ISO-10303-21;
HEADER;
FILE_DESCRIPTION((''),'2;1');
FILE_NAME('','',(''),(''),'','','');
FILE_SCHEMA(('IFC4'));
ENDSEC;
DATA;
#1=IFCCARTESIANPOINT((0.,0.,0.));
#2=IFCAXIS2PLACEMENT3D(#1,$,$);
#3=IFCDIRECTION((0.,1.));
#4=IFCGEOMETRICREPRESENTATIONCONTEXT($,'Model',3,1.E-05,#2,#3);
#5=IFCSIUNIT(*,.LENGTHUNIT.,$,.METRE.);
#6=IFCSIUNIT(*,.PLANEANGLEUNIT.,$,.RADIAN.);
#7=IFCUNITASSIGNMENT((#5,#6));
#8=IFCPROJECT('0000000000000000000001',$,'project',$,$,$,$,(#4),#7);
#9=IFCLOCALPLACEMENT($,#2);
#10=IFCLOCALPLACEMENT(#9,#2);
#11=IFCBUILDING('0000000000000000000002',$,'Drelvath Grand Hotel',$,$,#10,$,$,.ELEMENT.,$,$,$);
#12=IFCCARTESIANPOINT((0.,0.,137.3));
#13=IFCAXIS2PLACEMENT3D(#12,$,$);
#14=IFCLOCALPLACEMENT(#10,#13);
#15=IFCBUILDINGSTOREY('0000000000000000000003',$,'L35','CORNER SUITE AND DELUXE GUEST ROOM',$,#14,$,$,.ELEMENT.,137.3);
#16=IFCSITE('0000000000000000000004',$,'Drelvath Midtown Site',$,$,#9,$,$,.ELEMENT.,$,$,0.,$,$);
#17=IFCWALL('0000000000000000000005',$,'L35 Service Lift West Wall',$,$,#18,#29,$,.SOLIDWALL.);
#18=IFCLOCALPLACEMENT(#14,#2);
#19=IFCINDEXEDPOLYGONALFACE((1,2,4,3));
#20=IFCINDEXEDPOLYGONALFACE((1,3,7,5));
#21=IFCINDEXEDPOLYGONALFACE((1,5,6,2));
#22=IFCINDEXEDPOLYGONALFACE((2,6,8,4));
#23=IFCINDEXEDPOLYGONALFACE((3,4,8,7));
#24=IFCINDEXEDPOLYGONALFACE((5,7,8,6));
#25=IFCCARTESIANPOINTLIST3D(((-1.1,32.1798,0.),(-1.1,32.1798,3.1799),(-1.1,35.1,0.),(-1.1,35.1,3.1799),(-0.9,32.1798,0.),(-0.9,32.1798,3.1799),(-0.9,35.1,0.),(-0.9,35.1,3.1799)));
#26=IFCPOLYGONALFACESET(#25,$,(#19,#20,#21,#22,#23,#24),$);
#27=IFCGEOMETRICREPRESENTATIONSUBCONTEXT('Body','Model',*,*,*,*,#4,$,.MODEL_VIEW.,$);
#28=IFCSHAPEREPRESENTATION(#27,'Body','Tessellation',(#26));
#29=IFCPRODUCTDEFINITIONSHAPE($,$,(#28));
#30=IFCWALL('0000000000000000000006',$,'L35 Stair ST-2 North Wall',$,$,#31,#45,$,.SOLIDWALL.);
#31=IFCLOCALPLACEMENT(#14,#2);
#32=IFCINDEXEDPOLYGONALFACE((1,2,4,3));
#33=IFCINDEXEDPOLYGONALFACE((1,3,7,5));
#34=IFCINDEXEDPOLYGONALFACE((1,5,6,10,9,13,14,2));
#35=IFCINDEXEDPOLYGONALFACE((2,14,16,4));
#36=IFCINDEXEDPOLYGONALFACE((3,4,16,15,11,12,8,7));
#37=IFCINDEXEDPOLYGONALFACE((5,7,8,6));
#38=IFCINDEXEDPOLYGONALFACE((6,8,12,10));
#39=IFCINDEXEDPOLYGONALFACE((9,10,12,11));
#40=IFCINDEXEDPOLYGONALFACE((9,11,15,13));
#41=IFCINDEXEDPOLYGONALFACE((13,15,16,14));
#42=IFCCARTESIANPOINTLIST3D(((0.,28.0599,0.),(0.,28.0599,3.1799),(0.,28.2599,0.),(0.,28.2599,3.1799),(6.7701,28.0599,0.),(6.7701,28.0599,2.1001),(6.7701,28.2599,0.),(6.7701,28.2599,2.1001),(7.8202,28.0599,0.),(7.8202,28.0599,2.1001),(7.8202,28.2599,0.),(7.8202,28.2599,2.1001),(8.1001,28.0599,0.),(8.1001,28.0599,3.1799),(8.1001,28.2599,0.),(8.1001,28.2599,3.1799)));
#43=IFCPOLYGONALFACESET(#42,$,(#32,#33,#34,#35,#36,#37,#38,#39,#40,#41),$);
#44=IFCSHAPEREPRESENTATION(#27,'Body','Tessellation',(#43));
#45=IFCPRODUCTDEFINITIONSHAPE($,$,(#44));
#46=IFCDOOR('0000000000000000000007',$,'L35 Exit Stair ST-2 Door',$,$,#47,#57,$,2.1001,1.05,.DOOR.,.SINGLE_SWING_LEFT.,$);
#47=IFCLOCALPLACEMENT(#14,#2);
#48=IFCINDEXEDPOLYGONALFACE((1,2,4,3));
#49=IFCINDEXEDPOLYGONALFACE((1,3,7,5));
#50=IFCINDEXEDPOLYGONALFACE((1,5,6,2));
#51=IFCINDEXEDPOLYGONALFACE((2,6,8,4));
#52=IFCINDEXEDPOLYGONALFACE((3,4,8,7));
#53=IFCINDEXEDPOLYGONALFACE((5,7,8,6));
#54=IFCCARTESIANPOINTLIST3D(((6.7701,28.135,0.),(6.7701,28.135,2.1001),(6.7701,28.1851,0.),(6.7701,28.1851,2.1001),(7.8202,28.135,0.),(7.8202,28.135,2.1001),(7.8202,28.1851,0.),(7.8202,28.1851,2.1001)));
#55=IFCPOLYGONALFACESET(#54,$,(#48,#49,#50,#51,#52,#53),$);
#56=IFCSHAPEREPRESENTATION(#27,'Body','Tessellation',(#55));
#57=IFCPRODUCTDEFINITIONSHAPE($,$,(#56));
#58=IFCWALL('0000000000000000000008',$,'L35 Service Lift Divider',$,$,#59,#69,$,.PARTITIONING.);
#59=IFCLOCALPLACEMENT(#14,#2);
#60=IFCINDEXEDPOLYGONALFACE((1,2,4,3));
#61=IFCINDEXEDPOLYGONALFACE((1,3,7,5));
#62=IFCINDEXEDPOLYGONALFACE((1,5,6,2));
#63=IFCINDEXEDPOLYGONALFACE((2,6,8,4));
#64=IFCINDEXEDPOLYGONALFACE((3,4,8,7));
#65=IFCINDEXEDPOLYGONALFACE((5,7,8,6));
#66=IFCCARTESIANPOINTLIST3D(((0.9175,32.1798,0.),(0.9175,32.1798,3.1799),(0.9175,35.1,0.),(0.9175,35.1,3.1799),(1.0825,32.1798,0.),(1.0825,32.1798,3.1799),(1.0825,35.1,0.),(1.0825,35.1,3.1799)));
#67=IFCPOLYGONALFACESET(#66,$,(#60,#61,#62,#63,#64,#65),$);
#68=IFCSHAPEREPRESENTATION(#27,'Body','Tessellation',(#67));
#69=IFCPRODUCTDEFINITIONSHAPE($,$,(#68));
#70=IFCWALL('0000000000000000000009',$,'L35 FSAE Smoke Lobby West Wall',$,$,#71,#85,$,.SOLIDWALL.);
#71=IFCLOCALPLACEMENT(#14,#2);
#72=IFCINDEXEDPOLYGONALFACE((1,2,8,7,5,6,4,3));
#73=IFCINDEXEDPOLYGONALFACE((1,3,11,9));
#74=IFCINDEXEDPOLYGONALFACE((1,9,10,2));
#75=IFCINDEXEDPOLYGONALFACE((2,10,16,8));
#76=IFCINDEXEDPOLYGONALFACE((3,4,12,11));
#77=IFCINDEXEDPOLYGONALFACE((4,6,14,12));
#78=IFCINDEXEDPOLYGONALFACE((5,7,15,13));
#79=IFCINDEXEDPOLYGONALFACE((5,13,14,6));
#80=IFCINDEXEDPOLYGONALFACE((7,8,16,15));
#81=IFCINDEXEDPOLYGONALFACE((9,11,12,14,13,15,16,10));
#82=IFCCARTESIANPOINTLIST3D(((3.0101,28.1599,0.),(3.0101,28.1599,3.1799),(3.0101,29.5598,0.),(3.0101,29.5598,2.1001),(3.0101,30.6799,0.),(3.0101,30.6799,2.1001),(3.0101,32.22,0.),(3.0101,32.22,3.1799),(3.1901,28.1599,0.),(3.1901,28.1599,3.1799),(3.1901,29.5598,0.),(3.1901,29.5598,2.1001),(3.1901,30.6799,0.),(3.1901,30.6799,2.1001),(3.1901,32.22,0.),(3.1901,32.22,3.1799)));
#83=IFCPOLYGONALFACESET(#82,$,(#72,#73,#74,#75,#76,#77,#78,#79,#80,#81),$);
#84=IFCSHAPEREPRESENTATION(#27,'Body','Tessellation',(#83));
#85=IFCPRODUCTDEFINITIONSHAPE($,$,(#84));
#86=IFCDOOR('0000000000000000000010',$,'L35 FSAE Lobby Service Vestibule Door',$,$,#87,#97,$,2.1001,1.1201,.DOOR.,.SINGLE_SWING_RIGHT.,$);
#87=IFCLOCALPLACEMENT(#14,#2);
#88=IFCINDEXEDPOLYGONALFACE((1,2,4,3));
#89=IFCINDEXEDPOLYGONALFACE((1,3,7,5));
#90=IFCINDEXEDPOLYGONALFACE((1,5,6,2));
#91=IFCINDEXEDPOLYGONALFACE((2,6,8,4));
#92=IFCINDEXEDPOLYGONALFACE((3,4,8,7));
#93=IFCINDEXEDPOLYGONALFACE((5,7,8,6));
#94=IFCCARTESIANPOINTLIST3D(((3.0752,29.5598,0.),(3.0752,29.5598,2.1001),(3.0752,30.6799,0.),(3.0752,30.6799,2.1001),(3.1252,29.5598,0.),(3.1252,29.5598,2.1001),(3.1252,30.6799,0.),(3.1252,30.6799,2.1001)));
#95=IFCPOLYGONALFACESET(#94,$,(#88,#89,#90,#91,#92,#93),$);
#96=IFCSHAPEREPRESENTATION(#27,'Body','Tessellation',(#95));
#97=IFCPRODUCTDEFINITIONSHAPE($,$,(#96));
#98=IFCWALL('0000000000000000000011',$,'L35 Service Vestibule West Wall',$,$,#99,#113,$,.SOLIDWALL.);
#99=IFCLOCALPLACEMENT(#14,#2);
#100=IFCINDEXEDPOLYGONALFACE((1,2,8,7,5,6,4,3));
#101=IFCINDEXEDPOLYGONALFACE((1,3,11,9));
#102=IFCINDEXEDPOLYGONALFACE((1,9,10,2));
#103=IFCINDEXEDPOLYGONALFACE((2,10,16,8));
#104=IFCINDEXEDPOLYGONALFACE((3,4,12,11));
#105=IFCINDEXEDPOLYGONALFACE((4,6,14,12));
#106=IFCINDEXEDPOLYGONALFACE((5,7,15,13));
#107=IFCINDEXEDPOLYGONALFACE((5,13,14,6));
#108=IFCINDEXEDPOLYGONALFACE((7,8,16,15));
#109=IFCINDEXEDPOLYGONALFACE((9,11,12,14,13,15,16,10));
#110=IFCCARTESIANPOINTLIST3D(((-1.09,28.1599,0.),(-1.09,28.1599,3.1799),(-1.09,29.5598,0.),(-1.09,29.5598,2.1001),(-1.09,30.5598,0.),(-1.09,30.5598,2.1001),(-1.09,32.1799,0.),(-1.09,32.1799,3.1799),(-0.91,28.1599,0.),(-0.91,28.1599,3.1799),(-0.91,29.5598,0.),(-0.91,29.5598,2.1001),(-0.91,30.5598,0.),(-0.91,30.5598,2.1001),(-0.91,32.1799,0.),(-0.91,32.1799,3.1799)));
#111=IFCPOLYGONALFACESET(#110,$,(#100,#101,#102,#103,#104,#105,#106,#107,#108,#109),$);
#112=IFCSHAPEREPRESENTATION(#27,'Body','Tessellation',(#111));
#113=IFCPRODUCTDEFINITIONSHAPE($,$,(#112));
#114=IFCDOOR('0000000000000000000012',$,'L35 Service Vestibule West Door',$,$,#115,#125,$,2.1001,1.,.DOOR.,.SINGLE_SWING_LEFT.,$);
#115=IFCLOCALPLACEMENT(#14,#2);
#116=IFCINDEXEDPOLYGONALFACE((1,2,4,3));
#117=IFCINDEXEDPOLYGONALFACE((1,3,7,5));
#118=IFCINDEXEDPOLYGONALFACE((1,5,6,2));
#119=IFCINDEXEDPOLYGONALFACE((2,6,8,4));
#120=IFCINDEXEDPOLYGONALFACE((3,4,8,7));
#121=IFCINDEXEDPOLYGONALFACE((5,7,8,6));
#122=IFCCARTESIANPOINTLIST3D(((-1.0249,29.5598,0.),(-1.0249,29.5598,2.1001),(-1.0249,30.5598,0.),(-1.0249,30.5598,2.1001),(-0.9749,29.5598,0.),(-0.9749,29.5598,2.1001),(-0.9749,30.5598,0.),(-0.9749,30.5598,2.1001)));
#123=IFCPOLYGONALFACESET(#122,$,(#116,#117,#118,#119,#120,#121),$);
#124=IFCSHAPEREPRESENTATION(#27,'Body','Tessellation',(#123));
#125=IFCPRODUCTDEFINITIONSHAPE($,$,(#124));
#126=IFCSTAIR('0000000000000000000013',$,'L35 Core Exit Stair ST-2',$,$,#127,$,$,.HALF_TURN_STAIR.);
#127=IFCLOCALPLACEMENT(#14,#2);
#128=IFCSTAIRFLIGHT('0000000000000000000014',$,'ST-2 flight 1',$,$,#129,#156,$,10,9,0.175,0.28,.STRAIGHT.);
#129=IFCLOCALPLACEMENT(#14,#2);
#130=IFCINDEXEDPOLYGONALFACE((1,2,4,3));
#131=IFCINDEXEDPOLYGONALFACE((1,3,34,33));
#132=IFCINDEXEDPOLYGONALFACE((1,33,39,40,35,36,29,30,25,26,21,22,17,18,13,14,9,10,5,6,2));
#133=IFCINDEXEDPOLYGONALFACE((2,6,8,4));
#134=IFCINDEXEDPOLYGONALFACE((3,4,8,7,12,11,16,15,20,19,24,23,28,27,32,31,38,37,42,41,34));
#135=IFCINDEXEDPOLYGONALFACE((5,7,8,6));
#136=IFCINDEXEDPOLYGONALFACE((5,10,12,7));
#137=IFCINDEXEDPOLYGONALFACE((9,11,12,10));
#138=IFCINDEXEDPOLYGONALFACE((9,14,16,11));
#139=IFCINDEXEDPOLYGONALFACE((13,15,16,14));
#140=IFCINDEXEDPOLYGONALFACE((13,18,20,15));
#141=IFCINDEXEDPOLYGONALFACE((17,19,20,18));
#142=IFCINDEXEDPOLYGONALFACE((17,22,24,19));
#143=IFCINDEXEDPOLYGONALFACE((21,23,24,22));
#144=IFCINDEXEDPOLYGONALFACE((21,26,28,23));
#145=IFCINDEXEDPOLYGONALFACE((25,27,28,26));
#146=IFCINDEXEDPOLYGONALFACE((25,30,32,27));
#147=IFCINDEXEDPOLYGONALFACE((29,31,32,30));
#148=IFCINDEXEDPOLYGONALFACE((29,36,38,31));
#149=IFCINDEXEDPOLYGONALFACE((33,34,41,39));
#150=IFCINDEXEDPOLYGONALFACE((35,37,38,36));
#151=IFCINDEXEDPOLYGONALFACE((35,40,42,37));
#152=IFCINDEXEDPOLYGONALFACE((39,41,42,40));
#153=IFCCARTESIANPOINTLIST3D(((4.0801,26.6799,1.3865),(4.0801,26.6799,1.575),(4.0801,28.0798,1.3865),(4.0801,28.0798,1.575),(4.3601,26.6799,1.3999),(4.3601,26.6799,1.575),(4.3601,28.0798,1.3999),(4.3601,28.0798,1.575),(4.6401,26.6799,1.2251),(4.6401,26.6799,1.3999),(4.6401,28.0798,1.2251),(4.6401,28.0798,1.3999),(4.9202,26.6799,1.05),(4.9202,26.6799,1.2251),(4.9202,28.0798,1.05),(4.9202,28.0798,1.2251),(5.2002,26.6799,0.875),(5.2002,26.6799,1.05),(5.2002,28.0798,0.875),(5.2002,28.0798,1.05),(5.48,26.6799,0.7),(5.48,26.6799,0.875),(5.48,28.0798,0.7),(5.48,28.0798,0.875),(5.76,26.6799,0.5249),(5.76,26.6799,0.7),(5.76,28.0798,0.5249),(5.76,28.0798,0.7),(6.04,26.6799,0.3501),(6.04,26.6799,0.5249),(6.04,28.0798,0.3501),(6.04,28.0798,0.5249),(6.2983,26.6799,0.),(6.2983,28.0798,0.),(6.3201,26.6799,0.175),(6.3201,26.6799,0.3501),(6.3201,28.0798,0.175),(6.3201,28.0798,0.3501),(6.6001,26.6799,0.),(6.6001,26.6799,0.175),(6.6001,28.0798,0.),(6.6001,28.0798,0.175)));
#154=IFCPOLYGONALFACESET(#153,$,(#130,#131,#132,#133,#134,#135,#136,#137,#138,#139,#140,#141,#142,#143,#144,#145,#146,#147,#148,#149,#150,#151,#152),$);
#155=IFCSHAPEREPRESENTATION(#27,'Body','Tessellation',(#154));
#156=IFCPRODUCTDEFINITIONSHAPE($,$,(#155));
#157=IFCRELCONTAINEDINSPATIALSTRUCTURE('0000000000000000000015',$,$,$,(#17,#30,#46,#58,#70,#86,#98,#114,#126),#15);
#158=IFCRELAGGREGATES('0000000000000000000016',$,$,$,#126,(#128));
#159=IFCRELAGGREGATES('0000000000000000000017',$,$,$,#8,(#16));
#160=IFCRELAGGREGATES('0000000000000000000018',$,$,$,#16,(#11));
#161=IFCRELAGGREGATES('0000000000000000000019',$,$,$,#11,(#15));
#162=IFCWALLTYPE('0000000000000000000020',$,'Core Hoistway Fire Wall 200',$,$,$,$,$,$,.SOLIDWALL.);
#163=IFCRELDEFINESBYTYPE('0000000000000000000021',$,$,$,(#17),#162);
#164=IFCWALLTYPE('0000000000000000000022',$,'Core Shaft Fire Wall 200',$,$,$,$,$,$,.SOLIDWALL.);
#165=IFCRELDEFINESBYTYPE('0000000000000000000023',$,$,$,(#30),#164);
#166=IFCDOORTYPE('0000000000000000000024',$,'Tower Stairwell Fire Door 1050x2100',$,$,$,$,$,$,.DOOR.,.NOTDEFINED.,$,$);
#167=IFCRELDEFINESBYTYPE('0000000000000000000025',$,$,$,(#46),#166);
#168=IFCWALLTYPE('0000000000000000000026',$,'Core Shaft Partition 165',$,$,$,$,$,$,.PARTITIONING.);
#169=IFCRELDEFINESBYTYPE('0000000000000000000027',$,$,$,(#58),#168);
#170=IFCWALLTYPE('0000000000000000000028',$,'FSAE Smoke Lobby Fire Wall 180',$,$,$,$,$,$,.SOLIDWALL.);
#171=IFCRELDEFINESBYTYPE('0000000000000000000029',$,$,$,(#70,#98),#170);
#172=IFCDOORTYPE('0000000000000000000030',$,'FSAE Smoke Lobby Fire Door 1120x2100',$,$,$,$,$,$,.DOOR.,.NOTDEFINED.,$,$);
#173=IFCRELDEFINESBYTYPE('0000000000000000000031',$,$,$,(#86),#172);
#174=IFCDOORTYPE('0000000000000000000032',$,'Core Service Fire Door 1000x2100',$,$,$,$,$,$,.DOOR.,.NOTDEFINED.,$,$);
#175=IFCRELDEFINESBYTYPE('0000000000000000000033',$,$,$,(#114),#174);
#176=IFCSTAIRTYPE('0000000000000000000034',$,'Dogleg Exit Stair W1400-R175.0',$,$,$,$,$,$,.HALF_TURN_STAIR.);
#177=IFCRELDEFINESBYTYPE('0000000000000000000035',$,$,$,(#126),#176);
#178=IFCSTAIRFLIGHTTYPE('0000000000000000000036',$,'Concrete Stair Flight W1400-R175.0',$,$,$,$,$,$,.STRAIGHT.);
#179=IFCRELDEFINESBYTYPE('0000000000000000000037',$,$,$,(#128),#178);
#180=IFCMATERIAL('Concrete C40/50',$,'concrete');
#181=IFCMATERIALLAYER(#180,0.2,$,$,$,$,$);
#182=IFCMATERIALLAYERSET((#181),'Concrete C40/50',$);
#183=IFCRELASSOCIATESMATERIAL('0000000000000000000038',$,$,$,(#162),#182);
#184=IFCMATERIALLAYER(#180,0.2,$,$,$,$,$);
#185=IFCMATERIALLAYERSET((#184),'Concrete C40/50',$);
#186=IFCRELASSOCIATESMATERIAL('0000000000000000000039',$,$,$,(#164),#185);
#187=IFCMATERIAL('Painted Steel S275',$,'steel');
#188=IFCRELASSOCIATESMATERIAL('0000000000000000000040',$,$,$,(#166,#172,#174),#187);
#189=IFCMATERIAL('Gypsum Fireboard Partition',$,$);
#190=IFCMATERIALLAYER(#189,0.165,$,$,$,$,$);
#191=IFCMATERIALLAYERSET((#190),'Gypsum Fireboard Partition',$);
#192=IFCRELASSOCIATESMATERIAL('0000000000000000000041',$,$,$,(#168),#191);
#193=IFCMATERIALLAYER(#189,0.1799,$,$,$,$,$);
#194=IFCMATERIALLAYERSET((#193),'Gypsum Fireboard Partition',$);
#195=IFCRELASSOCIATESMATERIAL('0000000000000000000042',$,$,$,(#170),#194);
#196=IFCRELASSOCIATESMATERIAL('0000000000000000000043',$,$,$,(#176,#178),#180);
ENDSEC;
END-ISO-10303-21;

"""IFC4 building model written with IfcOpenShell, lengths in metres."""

from ifc_helpers import new_model, si_unit, direction, frame, frame_2d, origin, place, context, subcontext, project, spatial, polyline, rectangle, outline, extrude, material, layer, layer_set, type_object, element, fill, aggregate, save


model = new_model("IFC4")

# Units and contexts
model_context = context("Model", 3, precision=1e-05, world=origin(), true_north=direction((0.0, 1.0)))
body_context = subcontext(model_context, "Body", "Model", "MODEL_VIEW")
ifc_project = project(units=[si_unit("LENGTHUNIT", "METRE"), si_unit("PLANEANGLEUNIT", "RADIAN")], contexts=[model_context])

# Site, building, storey
site_placement = place(None, origin())
site = spatial("IfcSite", under=ifc_project, at=site_placement, Name="Drelvath Midtown Site", CompositionType="ELEMENT", RefElevation=0.0)
building_placement = place(site_placement, origin())
building = spatial("IfcBuilding", under=site, at=building_placement, Name="Drelvath Grand Hotel", CompositionType="ELEMENT")
storey_placement = place(building_placement, frame((0.0, 0.0, 137.3)))
storey = spatial("IfcBuildingStorey", under=building, at=storey_placement, Name="L35", Description="CORNER SUITE AND DELUXE GUEST ROOM", CompositionType="ELEMENT", Elevation=137.3)

# Shared definitions
ifc_material_1 = material(Name="Concrete C40/50", Category="concrete")
ifc_layer_1 = layer(ifc_material_1, 0.2)
ifc_layer_set_1 = layer_set([ifc_layer_1], Name="Concrete C40/50")
wall_type_1 = type_object("IfcWallType", Name="Core Hoistway Fire Wall 200", PredefinedType="SOLIDWALL", material=ifc_layer_set_1)

# Wall
wall_1_placement = place(storey_placement, frame((-1.0, 32.1799, 0.0), z_axis=(0.0, 0.0, 1.0), x_axis=(0.0, 1.0, 0.0)))
element("IfcWall", 1, at=wall_1_placement, inside=storey, type_object=wall_type_1, Name="L35 Service Lift West Wall", PredefinedType="SOLIDWALL", context=body_context, shape_type="SweptSolid", body=[
    extrude(rectangle(XDim=2.9202, YDim=0.2, at=frame_2d((1.46, 0.0))), origin(), (0.0, 0.0, 1.0), 3.1799),
])

# Wall, opening, door
ifc_layer_2 = layer(ifc_material_1, 0.2)
ifc_layer_set_2 = layer_set([ifc_layer_2], Name="Concrete C40/50")
wall_type_2 = type_object("IfcWallType", Name="Core Shaft Fire Wall 200", PredefinedType="SOLIDWALL", material=ifc_layer_set_2)
wall_2_placement = place(storey_placement, frame((8.1001, 28.1599, 0.0), z_axis=(0.0, 0.0, 1.0), x_axis=(-1.0, 0.0, 0.0)))
wall_2 = element("IfcWall", 2, at=wall_2_placement, inside=storey, type_object=wall_type_2, Name="L35 Stair ST-2 North Wall", PredefinedType="SOLIDWALL", context=body_context, shape_type="SweptSolid", body=[
    extrude(rectangle(XDim=8.1001, YDim=0.2, at=frame_2d((4.05, 0.0))), origin(), (0.0, 0.0, 1.0), 3.1799),
])
opening_1_placement = place(wall_2_placement, frame((0.28, 0.0, 0.0)))
opening_1 = element("IfcOpeningElement", 3, at=opening_1_placement, cuts=wall_2, PredefinedType="OPENING", context=body_context, shape_type="SweptSolid", body=[
    extrude(rectangle(XDim=1.05, YDim=2.1001, at=frame_2d((0.5249, 1.05))), frame((0.0, 0.1099, 0.0), z_axis=(0.0, -1.0, 0.0), x_axis=(1.0, 0.0, 0.0)), (0.0, 0.0, 1.0), 0.22),
])
ifc_material_2 = material(Name="Painted Steel S275", Category="steel")
door_type_1 = type_object("IfcDoorType", Name="Tower Stairwell Fire Door 1050x2100", OperationType="NOTDEFINED", PredefinedType="DOOR", material=ifc_material_2)
door_1_placement = place(opening_1_placement, origin())
door_1 = element("IfcDoor", 4, at=door_1_placement, inside=storey, type_object=door_type_1, Name="L35 Exit Stair ST-2 Door", OperationType="SINGLE_SWING_LEFT", OverallHeight=2.1001, OverallWidth=1.05, PredefinedType="DOOR", context=body_context, shape_type="SweptSolid", body=[
    extrude(rectangle(XDim=1.05, YDim=2.1001, at=frame_2d((0.5249, 1.05))), frame((0.0, 0.0249, 0.0), z_axis=(0.0, -1.0, 0.0), x_axis=(1.0, 0.0, 0.0)), (0.0, 0.0, 1.0), 0.05),
])
fill(opening_1, door_1)

# Wall
ifc_material_3 = material(Name="Gypsum Fireboard Partition")
ifc_layer_3 = layer(ifc_material_3, 0.165)
ifc_layer_set_3 = layer_set([ifc_layer_3], Name="Gypsum Fireboard Partition")
wall_type_3 = type_object("IfcWallType", Name="Core Shaft Partition 165", PredefinedType="PARTITIONING", material=ifc_layer_set_3)
wall_3_placement = place(storey_placement, frame((1.0, 32.1799, 0.0), z_axis=(0.0, 0.0, 1.0), x_axis=(0.0, 1.0, 0.0)))
element("IfcWall", 5, at=wall_3_placement, inside=storey, type_object=wall_type_3, Name="L35 Service Lift Divider", PredefinedType="PARTITIONING", context=body_context, shape_type="SweptSolid", body=[
    extrude(rectangle(XDim=2.9202, YDim=0.165, at=frame_2d((1.46, 0.0))), origin(), (0.0, 0.0, 1.0), 3.1799),
])

# Walls, openings, doors
ifc_layer_4 = layer(ifc_material_3, 0.1799)
ifc_layer_set_4 = layer_set([ifc_layer_4], Name="Gypsum Fireboard Partition")
wall_type_4 = type_object("IfcWallType", Name="FSAE Smoke Lobby Fire Wall 180", PredefinedType="SOLIDWALL", material=ifc_layer_set_4)
wall_4_placement = place(storey_placement, frame((3.1001, 28.1599, 0.0), z_axis=(0.0, 0.0, 1.0), x_axis=(0.0, 1.0, 0.0)))
wall_4 = element("IfcWall", 6, at=wall_4_placement, inside=storey, type_object=wall_type_4, Name="L35 FSAE Smoke Lobby West Wall", PredefinedType="SOLIDWALL", context=body_context, shape_type="SweptSolid", body=[
    extrude(rectangle(XDim=4.0601, YDim=0.1799, at=frame_2d((2.03, 0.0))), origin(), (0.0, 0.0, 1.0), 3.1799),
])
opening_2_placement = place(wall_4_placement, frame((1.3999, 0.0, 0.0)))
opening_2 = element("IfcOpeningElement", 7, at=opening_2_placement, cuts=wall_4, PredefinedType="OPENING", context=body_context, shape_type="SweptSolid", body=[
    extrude(rectangle(XDim=1.1201, YDim=2.1001, at=frame_2d((0.5601, 1.05))), frame((0.0, 0.0999, 0.0), z_axis=(0.0, -1.0, 0.0), x_axis=(1.0, 0.0, 0.0)), (0.0, 0.0, 1.0), 0.2),
])
door_type_2 = type_object("IfcDoorType", Name="FSAE Smoke Lobby Fire Door 1120x2100", OperationType="NOTDEFINED", PredefinedType="DOOR", material=ifc_material_2)
door_2_placement = place(opening_2_placement, origin())
door_2 = element("IfcDoor", 8, at=door_2_placement, inside=storey, type_object=door_type_2, Name="L35 FSAE Lobby Service Vestibule Door", OperationType="SINGLE_SWING_RIGHT", OverallHeight=2.1001, OverallWidth=1.1201, PredefinedType="DOOR", context=body_context, shape_type="SweptSolid", body=[
    extrude(rectangle(XDim=1.1201, YDim=2.1001, at=frame_2d((0.5601, 1.05))), frame((0.0, 0.0249, 0.0), z_axis=(0.0, -1.0, 0.0), x_axis=(1.0, 0.0, 0.0)), (0.0, 0.0, 1.0), 0.05),
])
fill(opening_2, door_2)
wall_5_placement = place(storey_placement, frame((-1.0, 28.1599, 0.0), z_axis=(0.0, 0.0, 1.0), x_axis=(0.0, 1.0, 0.0)))
wall_5 = element("IfcWall", 9, at=wall_5_placement, inside=storey, type_object=wall_type_4, Name="L35 Service Vestibule West Wall", PredefinedType="SOLIDWALL", context=body_context, shape_type="SweptSolid", body=[
    extrude(rectangle(XDim=4.02, YDim=0.1799, at=frame_2d((2.01, 0.0))), origin(), (0.0, 0.0, 1.0), 3.1799),
])
opening_3_placement = place(wall_5_placement, frame((1.3999, 0.0, 0.0)))
opening_3 = element("IfcOpeningElement", 10, at=opening_3_placement, cuts=wall_5, PredefinedType="OPENING", context=body_context, shape_type="SweptSolid", body=[
    extrude(rectangle(XDim=1.0, YDim=2.1001, at=frame_2d((0.5, 1.05))), frame((0.0, 0.0999, 0.0), z_axis=(0.0, -1.0, 0.0), x_axis=(1.0, 0.0, 0.0)), (0.0, 0.0, 1.0), 0.2),
])
door_type_3 = type_object("IfcDoorType", Name="Core Service Fire Door 1000x2100", OperationType="NOTDEFINED", PredefinedType="DOOR", material=ifc_material_2)
door_3_placement = place(opening_3_placement, origin())
door_3 = element("IfcDoor", 11, at=door_3_placement, inside=storey, type_object=door_type_3, Name="L35 Service Vestibule West Door", OperationType="SINGLE_SWING_LEFT", OverallHeight=2.1001, OverallWidth=1.0, PredefinedType="DOOR", context=body_context, shape_type="SweptSolid", body=[
    extrude(rectangle(XDim=1.0, YDim=2.1001, at=frame_2d((0.5, 1.05))), frame((0.0, 0.0249, 0.0), z_axis=(0.0, -1.0, 0.0), x_axis=(1.0, 0.0, 0.0)), (0.0, 0.0, 1.0), 0.05),
])
fill(opening_3, door_3)

# Stair, stair flight
stair_type = type_object("IfcStairType", Name="Dogleg Exit Stair W1400-R175.0", PredefinedType="HALF_TURN_STAIR", material=ifc_material_1)
stair_placement = place(storey_placement, origin())
stair = element("IfcStair", 12, at=stair_placement, inside=storey, type_object=stair_type, Name="L35 Core Exit Stair ST-2", PredefinedType="HALF_TURN_STAIR")
stair_flight_type = type_object("IfcStairFlightType", Name="Concrete Stair Flight W1400-R175.0", PredefinedType="STRAIGHT", material=ifc_material_1)
stair_flight_placement = place(storey_placement, frame((6.6001, 27.3799, 0.0), z_axis=(0.0, 0.0, 1.0), x_axis=(-1.0, 0.0, 0.0)))
stair_flight = element("IfcStairFlight", 13, at=stair_flight_placement, type_object=stair_flight_type, Name="ST-2 flight 1", NumberOfRisers=10, NumberOfTreads=9, PredefinedType="STRAIGHT", RiserHeight=0.175, TreadLength=0.28, context=body_context, shape_type="SweptSolid", body=[
    extrude(outline(polyline([(0.0, 0.0), (0.0, 0.175), (0.28, 0.175), (0.28, 0.3501), (0.5601, 0.3501), (0.5601, 0.5249), (0.8401, 0.5249), (0.8401, 0.7), (1.1201, 0.7), (1.1201, 0.875), (1.3999, 0.875), (1.3999, 1.05), (1.6799, 1.05), (1.6799, 1.2251), (1.96, 1.2251), (1.96, 1.3999), (2.24, 1.3999), (2.24, 1.575), (2.52, 1.575), (2.52, 1.75), (2.52, 1.3865), (0.3018, 0.0), (0.0, 0.0)])), frame((0.0, 0.7, 0.0), z_axis=(0.0, -1.0, 0.0), x_axis=(1.0, 0.0, 0.0)), (0.0, 0.0, 1.0), 1.3999),
])
aggregate(stair, [stair_flight])

save(model, "model.ifc")
